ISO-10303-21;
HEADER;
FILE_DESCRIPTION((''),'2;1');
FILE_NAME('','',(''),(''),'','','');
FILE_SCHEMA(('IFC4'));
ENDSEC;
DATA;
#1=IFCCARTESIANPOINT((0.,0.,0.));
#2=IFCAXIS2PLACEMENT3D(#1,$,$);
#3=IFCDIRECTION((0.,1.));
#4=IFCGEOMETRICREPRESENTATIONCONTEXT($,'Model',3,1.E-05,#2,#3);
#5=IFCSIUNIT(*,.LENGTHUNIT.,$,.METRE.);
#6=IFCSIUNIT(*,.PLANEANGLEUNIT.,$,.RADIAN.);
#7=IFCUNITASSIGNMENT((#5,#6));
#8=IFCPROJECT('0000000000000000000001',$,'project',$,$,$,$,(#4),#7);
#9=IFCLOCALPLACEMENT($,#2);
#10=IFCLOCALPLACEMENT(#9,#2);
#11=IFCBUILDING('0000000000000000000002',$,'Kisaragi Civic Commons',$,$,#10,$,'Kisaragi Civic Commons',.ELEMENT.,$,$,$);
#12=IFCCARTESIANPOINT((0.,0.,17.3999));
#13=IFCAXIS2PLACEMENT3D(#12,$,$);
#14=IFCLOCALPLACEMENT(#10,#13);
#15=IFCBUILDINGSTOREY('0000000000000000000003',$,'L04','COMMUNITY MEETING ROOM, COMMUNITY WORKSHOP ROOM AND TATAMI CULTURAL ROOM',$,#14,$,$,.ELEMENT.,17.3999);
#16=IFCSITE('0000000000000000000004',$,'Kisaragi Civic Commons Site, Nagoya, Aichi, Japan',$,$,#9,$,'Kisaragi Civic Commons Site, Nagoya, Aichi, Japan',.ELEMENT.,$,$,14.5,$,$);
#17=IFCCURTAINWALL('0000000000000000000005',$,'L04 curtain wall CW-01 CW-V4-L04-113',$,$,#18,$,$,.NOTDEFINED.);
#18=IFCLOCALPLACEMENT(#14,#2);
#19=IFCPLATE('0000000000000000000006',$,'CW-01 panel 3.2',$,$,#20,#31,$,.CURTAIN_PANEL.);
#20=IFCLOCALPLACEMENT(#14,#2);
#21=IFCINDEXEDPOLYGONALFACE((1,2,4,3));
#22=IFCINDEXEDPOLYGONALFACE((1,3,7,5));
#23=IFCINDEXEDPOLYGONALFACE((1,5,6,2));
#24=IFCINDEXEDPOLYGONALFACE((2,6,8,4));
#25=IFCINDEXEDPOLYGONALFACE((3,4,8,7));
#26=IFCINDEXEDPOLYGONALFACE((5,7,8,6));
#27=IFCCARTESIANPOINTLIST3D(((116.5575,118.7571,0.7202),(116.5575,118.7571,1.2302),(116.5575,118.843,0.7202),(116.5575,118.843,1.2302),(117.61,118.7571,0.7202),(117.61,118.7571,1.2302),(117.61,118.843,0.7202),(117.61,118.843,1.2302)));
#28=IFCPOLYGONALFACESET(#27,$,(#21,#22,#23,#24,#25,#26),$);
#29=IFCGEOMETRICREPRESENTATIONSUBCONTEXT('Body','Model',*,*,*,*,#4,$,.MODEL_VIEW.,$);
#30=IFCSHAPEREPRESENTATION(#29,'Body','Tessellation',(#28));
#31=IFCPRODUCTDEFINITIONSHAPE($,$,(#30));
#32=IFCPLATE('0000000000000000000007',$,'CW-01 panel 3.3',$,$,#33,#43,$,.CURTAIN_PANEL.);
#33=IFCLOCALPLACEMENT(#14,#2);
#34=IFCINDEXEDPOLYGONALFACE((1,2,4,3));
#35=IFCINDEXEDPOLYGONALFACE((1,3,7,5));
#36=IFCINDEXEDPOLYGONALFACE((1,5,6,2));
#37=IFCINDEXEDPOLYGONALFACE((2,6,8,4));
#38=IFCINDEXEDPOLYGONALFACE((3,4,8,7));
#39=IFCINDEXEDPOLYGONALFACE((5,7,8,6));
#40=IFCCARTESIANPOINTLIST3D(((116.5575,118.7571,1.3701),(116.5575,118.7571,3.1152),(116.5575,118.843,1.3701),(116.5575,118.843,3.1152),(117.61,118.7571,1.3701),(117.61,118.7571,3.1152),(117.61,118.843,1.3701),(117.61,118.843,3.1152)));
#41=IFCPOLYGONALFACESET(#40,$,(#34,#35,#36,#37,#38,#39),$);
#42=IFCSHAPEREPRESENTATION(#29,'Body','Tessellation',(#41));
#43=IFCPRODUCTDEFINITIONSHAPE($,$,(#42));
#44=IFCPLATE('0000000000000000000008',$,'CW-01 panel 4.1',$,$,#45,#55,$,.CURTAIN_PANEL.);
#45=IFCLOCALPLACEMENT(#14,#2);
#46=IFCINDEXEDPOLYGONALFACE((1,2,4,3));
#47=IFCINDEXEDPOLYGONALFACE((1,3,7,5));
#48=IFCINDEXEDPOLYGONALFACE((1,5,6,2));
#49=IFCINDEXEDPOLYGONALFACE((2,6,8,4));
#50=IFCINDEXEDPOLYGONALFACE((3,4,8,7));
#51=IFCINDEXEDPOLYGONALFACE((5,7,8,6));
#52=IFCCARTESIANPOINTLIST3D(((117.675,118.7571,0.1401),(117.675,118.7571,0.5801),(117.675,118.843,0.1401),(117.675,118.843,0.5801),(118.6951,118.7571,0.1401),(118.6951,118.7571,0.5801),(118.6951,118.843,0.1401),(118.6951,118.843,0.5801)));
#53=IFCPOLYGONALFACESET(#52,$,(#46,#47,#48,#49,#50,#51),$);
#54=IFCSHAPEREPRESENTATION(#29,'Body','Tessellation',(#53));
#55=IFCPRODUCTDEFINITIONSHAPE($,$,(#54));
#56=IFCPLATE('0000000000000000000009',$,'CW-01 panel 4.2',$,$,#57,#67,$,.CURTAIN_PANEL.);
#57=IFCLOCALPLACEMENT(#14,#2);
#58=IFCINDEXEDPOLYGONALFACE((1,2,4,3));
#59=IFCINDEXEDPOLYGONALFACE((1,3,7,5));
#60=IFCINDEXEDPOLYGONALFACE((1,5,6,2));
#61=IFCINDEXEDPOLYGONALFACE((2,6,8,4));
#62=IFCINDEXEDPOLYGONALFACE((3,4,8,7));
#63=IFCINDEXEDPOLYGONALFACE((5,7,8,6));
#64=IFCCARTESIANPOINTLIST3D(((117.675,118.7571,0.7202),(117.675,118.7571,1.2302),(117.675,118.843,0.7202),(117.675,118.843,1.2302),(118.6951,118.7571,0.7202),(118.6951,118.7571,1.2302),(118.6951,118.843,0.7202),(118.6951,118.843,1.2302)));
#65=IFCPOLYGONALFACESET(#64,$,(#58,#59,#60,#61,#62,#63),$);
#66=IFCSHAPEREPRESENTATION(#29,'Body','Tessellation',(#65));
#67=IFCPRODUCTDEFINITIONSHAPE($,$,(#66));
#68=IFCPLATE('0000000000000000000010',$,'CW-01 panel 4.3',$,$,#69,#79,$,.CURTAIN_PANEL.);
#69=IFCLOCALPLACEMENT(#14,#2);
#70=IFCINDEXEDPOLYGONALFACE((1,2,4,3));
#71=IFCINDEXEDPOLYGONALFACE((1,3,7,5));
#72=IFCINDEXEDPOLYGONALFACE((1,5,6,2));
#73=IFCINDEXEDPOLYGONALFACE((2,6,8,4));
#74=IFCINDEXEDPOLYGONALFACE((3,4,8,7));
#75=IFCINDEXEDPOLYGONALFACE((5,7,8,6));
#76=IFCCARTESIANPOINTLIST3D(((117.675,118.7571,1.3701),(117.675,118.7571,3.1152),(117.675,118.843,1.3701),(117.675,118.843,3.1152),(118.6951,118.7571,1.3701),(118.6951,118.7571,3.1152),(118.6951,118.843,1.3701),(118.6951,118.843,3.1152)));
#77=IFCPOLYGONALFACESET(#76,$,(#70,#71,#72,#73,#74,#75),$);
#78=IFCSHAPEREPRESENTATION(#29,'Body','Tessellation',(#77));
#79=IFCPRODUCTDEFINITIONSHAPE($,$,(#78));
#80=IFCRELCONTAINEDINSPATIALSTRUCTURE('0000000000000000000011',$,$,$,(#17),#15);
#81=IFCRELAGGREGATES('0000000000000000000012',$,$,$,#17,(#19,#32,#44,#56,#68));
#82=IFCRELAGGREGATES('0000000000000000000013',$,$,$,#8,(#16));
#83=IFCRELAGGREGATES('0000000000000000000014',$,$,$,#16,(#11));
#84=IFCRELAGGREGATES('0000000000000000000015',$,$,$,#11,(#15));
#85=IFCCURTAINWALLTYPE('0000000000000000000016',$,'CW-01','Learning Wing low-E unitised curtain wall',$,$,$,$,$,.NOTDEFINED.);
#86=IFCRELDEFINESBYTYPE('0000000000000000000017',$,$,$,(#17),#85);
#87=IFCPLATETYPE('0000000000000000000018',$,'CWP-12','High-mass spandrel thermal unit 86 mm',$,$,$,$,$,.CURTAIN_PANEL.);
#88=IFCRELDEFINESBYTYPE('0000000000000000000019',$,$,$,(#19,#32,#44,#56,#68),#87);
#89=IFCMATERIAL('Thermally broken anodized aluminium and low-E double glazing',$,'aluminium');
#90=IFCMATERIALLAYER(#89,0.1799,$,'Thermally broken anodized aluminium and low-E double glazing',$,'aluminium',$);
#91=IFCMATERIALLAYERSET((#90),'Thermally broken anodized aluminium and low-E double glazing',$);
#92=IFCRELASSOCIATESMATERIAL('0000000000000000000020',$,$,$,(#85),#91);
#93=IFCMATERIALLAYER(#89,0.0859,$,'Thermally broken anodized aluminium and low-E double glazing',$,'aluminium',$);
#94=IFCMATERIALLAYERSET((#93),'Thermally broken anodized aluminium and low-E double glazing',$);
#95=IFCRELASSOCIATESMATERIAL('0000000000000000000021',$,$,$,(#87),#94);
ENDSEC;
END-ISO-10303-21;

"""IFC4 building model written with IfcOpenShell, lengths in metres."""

from ifc_helpers import new_model, si_unit, direction, frame, origin, origin_2d, place, context, subcontext, project, spatial, rectangle, extrude, material, layer, layer_set, type_object, element, aggregate, save


model = new_model("IFC4")

# Units and contexts
model_context = context("Model", 3, precision=1e-05, world=origin(), true_north=direction((0.0, 1.0)))
body_context = subcontext(model_context, "Body", "Model", "MODEL_VIEW")
ifc_project = project(units=[si_unit("LENGTHUNIT", "METRE"), si_unit("PLANEANGLEUNIT", "RADIAN")], contexts=[model_context])

# Site, building, storey
site_placement = place(None, origin())
site = spatial("IfcSite", under=ifc_project, at=site_placement, Name="Kisaragi Civic Commons Site, Nagoya, Aichi, Japan", LongName="Kisaragi Civic Commons Site, Nagoya, Aichi, Japan", CompositionType="ELEMENT", RefElevation=14.5)
building_placement = place(site_placement, origin())
building = spatial("IfcBuilding", under=site, at=building_placement, Name="Kisaragi Civic Commons", LongName="Kisaragi Civic Commons", CompositionType="ELEMENT")
storey_placement = place(building_placement, frame((0.0, 0.0, 17.3999)))
storey = spatial("IfcBuildingStorey", under=building, at=storey_placement, Name="L04", Description="COMMUNITY MEETING ROOM, COMMUNITY WORKSHOP ROOM AND TATAMI CULTURAL ROOM", CompositionType="ELEMENT", Elevation=17.3999)

# Curtain wall, plates
ifc_material = material(Name="Thermally broken anodized aluminium and low-E double glazing", Category="aluminium")
ifc_layer_1 = layer(ifc_material, 0.1799, Name="Thermally broken anodized aluminium and low-E double glazing", Category="aluminium")
ifc_layer_set_1 = layer_set([ifc_layer_1], Name="Thermally broken anodized aluminium and low-E double glazing")
curtain_wall_type = type_object("IfcCurtainWallType", Name="CW-01", Description="Learning Wing low-E unitised curtain wall", PredefinedType="NOTDEFINED", material=ifc_layer_set_1)
curtain_wall_placement = place(storey_placement, origin())
curtain_wall = element("IfcCurtainWall", 1, at=curtain_wall_placement, inside=storey, type_object=curtain_wall_type, Name="L04 curtain wall CW-01 CW-V4-L04-113", PredefinedType="NOTDEFINED")
ifc_layer_2 = layer(ifc_material, 0.0859, Name="Thermally broken anodized aluminium and low-E double glazing", Category="aluminium")
ifc_layer_set_2 = layer_set([ifc_layer_2], Name="Thermally broken anodized aluminium and low-E double glazing")
plate_type = type_object("IfcPlateType", Name="CWP-12", Description="High-mass spandrel thermal unit 86 mm", PredefinedType="CURTAIN_PANEL", material=ifc_layer_set_2)
plate_1_placement = place(storey_placement, frame((117.0837, 118.8, 0.7202), z_axis=(0.0, 0.0, 1.0), x_axis=(1.0, 0.0, 0.0)))
plate_1 = element("IfcPlate", 2, at=plate_1_placement, type_object=plate_type, Name="CW-01 panel 3.2", PredefinedType="CURTAIN_PANEL", context=body_context, shape_type="SweptSolid", body=[
    extrude(rectangle(XDim=1.0525, YDim=0.0859, at=origin_2d()), origin(), (0.0, 0.0, 1.0), 0.51),
])
plate_2_placement = place(storey_placement, frame((117.0837, 118.8, 1.3701), z_axis=(0.0, 0.0, 1.0), x_axis=(1.0, 0.0, 0.0)))
plate_2 = element("IfcPlate", 3, at=plate_2_placement, type_object=plate_type, Name="CW-01 panel 3.3", PredefinedType="CURTAIN_PANEL", context=body_context, shape_type="SweptSolid", body=[
    extrude(rectangle(XDim=1.0525, YDim=0.0859, at=origin_2d()), origin(), (0.0, 0.0, 1.0), 1.7451),
])
plate_3_placement = place(storey_placement, frame((118.1851, 118.8, 0.1401), z_axis=(0.0, 0.0, 1.0), x_axis=(1.0, 0.0, 0.0)))
plate_3 = element("IfcPlate", 4, at=plate_3_placement, type_object=plate_type, Name="CW-01 panel 4.1", PredefinedType="CURTAIN_PANEL", context=body_context, shape_type="SweptSolid", body=[
    extrude(rectangle(XDim=1.02, YDim=0.0859, at=origin_2d()), origin(), (0.0, 0.0, 1.0), 0.4399),
])
plate_4_placement = place(storey_placement, frame((118.1851, 118.8, 0.7202), z_axis=(0.0, 0.0, 1.0), x_axis=(1.0, 0.0, 0.0)))
plate_4 = element("IfcPlate", 5, at=plate_4_placement, type_object=plate_type, Name="CW-01 panel 4.2", PredefinedType="CURTAIN_PANEL", context=body_context, shape_type="SweptSolid", body=[
    extrude(rectangle(XDim=1.02, YDim=0.0859, at=origin_2d()), origin(), (0.0, 0.0, 1.0), 0.51),
])
plate_5_placement = place(storey_placement, frame((118.1851, 118.8, 1.3701), z_axis=(0.0, 0.0, 1.0), x_axis=(1.0, 0.0, 0.0)))
plate_5 = element("IfcPlate", 6, at=plate_5_placement, type_object=plate_type, Name="CW-01 panel 4.3", PredefinedType="CURTAIN_PANEL", context=body_context, shape_type="SweptSolid", body=[
    extrude(rectangle(XDim=1.02, YDim=0.0859, at=origin_2d()), origin(), (0.0, 0.0, 1.0), 1.7451),
])
aggregate(curtain_wall, [plate_1, plate_2, plate_3, plate_4, plate_5])

save(model, "model.ifc")
